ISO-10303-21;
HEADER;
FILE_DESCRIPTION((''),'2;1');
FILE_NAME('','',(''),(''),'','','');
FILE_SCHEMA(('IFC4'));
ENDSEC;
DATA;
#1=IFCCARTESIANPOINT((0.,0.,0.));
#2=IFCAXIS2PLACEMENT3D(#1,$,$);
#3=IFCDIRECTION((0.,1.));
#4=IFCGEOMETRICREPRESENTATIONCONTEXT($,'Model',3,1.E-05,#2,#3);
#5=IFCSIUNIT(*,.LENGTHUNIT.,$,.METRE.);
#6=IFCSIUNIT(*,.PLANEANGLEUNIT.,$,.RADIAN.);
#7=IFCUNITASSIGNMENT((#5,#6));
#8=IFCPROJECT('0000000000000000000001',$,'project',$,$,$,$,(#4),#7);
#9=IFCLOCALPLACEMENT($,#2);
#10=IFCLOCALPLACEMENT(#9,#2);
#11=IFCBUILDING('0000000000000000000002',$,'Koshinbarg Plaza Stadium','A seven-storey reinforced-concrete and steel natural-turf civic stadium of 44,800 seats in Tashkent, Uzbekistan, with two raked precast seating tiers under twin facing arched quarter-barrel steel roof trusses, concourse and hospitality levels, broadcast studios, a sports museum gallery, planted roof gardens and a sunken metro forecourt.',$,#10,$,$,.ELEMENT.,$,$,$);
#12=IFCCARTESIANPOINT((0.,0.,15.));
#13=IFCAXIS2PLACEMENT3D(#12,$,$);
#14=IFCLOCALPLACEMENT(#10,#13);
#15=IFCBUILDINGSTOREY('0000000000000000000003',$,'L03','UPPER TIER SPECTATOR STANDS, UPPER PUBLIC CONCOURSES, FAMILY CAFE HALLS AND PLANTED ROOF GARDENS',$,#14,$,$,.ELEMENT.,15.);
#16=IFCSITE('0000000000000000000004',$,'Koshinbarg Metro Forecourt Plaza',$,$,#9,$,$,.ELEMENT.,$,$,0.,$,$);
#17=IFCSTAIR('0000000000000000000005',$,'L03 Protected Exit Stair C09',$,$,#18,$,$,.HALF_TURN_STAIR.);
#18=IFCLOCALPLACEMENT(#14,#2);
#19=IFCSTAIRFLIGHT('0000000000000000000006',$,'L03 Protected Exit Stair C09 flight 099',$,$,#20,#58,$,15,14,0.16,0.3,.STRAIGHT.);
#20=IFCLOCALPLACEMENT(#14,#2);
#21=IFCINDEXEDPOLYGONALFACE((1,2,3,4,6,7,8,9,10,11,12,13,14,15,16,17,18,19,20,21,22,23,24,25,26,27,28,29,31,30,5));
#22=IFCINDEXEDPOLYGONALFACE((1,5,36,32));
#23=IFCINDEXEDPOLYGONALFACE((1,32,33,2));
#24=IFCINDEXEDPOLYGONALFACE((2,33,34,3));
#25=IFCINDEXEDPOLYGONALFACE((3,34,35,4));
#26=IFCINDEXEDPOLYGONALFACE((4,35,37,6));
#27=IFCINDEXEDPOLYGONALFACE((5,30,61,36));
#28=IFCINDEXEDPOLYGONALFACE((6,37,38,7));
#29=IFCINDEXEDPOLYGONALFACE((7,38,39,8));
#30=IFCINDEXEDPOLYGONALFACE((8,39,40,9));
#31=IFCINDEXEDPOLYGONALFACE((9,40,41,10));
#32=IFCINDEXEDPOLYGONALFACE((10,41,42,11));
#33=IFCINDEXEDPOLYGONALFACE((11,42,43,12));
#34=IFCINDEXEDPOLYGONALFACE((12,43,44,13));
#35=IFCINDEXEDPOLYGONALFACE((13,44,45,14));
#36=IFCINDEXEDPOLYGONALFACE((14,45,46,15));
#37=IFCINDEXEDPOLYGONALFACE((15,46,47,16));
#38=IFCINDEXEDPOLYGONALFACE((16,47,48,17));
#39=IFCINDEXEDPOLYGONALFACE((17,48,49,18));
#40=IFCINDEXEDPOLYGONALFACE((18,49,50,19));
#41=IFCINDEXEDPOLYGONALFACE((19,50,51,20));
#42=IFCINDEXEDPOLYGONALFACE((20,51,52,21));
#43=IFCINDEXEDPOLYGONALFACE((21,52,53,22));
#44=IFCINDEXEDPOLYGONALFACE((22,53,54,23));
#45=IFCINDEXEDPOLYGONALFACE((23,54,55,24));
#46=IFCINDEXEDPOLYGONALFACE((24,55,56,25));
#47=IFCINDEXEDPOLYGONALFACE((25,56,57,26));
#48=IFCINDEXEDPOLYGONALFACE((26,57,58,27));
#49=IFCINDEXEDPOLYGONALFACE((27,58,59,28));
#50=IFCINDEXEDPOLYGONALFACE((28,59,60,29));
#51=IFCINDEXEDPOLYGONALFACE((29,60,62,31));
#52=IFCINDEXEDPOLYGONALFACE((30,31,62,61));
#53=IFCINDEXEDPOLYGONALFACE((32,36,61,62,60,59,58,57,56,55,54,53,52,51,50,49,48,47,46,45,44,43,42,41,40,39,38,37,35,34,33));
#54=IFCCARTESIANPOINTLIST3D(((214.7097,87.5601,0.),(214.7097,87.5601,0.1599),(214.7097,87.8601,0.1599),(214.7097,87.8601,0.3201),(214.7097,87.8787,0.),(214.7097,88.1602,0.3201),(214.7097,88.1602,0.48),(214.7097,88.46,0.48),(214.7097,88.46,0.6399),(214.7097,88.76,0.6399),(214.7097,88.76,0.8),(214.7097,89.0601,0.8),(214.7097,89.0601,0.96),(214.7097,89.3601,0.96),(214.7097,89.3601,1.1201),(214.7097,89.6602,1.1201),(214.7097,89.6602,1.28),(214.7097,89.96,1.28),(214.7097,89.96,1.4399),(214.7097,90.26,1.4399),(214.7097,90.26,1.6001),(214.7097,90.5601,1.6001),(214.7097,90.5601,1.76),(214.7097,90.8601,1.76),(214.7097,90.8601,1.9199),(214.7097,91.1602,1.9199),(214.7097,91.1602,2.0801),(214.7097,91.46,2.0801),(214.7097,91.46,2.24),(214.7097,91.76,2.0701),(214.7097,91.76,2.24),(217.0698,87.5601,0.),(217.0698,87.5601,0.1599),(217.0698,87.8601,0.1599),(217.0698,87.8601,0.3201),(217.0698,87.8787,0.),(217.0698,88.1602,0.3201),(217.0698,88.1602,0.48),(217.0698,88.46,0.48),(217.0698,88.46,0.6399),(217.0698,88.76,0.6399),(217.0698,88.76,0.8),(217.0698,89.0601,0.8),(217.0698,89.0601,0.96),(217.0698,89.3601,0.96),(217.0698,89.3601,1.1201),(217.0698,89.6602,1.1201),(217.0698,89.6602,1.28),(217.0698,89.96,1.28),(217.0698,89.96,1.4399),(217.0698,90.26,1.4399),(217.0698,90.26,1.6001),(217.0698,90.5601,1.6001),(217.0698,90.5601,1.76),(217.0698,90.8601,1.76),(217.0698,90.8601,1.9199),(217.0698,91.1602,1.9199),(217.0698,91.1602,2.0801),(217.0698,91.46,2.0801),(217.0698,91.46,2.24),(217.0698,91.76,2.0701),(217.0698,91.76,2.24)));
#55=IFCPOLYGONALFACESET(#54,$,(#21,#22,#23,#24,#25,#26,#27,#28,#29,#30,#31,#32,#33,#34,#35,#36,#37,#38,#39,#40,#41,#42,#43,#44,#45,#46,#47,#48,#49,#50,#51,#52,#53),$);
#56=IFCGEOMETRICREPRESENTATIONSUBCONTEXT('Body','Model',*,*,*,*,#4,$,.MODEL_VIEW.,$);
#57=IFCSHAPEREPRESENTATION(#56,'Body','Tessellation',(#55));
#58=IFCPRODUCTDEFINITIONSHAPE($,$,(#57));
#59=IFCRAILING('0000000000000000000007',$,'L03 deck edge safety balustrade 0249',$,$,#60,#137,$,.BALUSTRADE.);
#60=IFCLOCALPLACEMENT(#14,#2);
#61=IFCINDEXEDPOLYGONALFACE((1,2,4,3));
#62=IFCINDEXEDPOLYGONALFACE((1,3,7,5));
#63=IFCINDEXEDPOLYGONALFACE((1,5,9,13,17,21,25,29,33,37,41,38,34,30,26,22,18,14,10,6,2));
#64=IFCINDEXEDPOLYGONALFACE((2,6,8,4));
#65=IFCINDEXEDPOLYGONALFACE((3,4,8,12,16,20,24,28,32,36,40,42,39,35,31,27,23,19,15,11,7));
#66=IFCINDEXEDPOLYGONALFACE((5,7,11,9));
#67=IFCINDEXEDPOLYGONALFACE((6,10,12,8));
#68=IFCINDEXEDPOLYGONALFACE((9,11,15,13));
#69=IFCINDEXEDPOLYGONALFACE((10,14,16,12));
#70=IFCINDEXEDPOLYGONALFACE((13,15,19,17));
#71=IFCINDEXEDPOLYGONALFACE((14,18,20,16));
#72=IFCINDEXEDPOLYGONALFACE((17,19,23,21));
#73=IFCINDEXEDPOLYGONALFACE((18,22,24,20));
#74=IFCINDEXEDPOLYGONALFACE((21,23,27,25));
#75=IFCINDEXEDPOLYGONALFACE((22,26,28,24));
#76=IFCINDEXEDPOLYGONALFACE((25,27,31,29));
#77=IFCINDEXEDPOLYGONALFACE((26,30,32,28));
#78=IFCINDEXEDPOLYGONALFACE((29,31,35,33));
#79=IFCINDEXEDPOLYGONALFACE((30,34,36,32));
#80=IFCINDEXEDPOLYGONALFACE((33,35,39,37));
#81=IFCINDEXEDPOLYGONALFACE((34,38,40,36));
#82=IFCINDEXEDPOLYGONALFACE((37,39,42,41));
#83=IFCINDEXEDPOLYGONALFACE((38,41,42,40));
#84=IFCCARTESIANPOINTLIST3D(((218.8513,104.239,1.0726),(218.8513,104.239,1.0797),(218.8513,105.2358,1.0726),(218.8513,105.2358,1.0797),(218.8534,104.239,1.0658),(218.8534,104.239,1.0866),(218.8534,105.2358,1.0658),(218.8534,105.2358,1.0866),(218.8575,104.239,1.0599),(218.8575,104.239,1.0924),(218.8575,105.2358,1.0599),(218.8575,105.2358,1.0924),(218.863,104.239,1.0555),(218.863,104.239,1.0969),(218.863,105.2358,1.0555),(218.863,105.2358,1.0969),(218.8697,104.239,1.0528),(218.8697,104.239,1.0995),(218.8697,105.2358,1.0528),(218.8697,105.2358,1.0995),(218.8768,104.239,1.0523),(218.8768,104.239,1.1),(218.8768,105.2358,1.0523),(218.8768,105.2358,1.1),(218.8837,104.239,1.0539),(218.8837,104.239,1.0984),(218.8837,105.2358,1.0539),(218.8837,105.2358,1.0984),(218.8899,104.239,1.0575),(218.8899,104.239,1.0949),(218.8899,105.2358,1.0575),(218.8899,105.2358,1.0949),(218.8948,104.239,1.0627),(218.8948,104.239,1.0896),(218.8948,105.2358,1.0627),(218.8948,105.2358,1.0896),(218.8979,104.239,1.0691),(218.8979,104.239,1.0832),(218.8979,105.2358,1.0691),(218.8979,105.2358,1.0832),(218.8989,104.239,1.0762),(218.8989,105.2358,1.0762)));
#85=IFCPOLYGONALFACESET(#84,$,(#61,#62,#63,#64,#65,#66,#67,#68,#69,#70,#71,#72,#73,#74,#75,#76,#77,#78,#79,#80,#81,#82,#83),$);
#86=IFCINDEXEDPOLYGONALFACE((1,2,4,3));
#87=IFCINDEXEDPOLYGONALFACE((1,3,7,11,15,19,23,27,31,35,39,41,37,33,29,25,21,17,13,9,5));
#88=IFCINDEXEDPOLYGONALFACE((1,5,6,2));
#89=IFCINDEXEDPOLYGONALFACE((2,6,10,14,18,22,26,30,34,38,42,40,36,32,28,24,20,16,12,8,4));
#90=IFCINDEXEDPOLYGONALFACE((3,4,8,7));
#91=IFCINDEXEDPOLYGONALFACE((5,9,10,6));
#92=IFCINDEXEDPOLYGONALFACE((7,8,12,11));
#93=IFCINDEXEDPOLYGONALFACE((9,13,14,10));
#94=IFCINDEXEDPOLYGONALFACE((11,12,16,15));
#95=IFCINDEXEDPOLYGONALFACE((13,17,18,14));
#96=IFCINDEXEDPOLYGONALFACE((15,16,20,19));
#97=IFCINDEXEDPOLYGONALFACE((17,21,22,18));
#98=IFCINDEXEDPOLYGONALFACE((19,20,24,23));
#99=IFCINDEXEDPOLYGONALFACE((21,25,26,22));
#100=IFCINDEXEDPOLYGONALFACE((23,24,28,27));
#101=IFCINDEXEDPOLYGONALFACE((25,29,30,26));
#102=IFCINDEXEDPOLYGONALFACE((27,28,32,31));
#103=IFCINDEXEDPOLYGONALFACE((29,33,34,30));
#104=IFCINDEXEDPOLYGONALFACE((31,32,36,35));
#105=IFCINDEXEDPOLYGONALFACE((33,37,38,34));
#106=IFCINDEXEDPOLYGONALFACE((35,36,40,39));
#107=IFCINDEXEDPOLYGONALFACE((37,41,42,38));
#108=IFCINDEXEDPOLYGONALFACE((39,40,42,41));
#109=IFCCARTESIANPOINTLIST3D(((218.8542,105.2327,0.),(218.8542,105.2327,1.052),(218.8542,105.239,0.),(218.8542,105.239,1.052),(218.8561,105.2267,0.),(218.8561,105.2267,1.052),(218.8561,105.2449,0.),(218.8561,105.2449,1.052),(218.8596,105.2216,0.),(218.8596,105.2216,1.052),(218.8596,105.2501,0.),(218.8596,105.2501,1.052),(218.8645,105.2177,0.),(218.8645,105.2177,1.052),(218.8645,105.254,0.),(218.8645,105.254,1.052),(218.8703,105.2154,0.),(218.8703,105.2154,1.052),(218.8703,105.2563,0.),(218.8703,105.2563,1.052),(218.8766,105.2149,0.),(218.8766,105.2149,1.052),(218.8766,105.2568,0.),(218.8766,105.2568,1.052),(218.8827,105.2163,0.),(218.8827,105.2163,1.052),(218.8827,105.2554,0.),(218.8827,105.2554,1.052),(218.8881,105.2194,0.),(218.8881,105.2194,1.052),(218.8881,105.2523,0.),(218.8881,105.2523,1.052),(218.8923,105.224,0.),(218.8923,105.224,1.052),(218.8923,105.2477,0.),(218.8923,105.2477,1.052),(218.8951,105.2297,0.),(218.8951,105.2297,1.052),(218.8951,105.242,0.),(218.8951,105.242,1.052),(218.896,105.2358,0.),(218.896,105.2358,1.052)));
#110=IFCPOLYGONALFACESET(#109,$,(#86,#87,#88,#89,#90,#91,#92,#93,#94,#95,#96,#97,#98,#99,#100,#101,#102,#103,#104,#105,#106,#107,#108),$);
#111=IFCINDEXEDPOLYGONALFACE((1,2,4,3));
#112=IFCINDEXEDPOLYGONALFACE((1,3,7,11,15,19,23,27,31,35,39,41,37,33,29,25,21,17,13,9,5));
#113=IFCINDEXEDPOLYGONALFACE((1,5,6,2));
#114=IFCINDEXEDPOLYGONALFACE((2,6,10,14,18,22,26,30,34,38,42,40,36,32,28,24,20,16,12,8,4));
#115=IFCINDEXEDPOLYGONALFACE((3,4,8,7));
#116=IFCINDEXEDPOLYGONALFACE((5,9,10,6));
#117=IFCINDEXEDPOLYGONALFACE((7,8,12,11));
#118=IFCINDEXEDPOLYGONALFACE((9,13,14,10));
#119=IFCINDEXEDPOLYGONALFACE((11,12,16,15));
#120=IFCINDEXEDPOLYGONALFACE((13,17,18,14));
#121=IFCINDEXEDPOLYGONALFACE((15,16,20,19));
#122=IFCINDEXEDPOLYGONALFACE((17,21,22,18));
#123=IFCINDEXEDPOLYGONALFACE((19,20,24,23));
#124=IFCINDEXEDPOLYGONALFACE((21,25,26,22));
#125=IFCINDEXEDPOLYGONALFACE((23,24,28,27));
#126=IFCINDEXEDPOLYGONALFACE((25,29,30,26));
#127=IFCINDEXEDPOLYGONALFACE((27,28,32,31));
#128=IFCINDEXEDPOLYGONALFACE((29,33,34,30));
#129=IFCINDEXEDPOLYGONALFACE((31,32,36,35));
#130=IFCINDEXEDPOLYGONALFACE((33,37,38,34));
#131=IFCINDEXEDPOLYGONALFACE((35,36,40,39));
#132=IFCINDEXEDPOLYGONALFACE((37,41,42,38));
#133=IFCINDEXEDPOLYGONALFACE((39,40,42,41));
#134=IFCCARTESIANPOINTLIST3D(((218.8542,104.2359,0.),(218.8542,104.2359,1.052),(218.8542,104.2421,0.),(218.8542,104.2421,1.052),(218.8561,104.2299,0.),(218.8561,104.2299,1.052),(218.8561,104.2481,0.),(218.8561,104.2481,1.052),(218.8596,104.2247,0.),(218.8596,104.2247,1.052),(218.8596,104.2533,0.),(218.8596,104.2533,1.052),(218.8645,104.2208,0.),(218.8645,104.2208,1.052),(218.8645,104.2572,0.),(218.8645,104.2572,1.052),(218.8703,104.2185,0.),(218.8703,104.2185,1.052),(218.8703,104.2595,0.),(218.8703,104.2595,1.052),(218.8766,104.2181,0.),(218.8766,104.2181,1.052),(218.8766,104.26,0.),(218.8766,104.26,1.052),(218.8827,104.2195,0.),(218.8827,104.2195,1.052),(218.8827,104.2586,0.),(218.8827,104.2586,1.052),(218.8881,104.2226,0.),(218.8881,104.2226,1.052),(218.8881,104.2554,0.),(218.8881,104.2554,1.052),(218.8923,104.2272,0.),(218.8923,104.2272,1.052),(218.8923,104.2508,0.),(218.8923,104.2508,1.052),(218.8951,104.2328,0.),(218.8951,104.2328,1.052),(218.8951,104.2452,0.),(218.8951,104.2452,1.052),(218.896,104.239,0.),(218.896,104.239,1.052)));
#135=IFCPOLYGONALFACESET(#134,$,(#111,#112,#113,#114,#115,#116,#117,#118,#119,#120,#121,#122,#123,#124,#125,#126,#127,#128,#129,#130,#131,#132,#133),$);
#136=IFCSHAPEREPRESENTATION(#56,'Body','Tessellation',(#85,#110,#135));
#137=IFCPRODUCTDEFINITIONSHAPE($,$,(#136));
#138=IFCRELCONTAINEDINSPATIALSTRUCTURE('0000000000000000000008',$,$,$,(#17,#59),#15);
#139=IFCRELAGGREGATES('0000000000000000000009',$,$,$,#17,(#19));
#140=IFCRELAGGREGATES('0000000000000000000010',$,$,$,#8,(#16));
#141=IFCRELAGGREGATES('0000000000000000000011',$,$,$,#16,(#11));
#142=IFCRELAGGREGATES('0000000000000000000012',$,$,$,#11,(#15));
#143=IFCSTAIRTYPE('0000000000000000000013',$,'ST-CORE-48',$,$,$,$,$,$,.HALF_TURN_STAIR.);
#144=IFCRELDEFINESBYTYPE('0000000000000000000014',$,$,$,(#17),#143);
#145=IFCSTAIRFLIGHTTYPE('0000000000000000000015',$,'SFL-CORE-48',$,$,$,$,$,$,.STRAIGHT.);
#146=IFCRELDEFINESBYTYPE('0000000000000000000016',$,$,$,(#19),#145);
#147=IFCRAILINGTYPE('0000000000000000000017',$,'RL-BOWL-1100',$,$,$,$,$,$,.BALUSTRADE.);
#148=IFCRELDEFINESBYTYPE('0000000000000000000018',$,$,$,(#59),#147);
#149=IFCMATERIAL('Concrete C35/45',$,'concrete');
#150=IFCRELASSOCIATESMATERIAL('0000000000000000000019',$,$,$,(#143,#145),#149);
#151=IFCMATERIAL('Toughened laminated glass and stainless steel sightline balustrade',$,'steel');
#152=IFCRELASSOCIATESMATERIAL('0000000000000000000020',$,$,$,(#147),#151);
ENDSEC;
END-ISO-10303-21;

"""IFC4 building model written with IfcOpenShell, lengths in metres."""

from ifc_helpers import new_model, si_unit, direction, frame, origin, origin_2d, place, context, subcontext, project, spatial, polyline, circle, outline, extrude, material, type_object, element, aggregate, save


model = new_model("IFC4")

# Units and contexts
model_context = context("Model", 3, precision=1e-05, world=origin(), true_north=direction((0.0, 1.0)))
body_context = subcontext(model_context, "Body", "Model", "MODEL_VIEW")
ifc_project = project(units=[si_unit("LENGTHUNIT", "METRE"), si_unit("PLANEANGLEUNIT", "RADIAN")], contexts=[model_context])

# Site, building, storey
site_placement = place(None, origin())
site = spatial("IfcSite", under=ifc_project, at=site_placement, Name="Koshinbarg Metro Forecourt Plaza", CompositionType="ELEMENT", RefElevation=0.0)
building_placement = place(site_placement, origin())
building = spatial("IfcBuilding", under=site, at=building_placement, Name="Koshinbarg Plaza Stadium", Description="A seven-storey reinforced-concrete and steel natural-turf civic stadium of 44,800 seats in Tashkent, Uzbekistan, with two raked precast seating tiers under twin facing arched quarter-barrel steel roof trusses, concourse and hospitality levels, broadcast studios, a sports museum gallery, planted roof gardens and a sunken metro forecourt.", CompositionType="ELEMENT")
storey_placement = place(building_placement, frame((0.0, 0.0, 15.0)))
storey = spatial("IfcBuildingStorey", under=building, at=storey_placement, Name="L03", Description="UPPER TIER SPECTATOR STANDS, UPPER PUBLIC CONCOURSES, FAMILY CAFE HALLS AND PLANTED ROOF GARDENS", CompositionType="ELEMENT", Elevation=15.0)

# Stair, stair flight
ifc_material_1 = material(Name="Concrete C35/45", Category="concrete")
stair_type = type_object("IfcStairType", Name="ST-CORE-48", PredefinedType="HALF_TURN_STAIR", material=ifc_material_1)
stair_placement = place(storey_placement, origin())
stair = element("IfcStair", 1, at=stair_placement, inside=storey, type_object=stair_type, Name="L03 Protected Exit Stair C09", PredefinedType="HALF_TURN_STAIR")
stair_flight_type = type_object("IfcStairFlightType", Name="SFL-CORE-48", PredefinedType="STRAIGHT", material=ifc_material_1)
stair_flight_placement = place(storey_placement, frame((215.8899, 87.5601, 0.0), z_axis=(0.0, 0.0, 1.0), x_axis=(0.0, 1.0, 0.0)))
stair_flight = element("IfcStairFlight", 2, at=stair_flight_placement, type_object=stair_flight_type, Name="L03 Protected Exit Stair C09 flight 099", NumberOfRisers=15, NumberOfTreads=14, PredefinedType="STRAIGHT", RiserHeight=0.16, TreadLength=0.3, context=body_context, shape_type="SweptSolid", body=[
    extrude(outline(polyline([(0.0, 0.0), (0.0, 0.1599), (0.3, 0.1599), (0.3, 0.3201), (0.6001, 0.3201), (0.6001, 0.48), (0.8999, 0.48), (0.8999, 0.6399), (1.2, 0.6399), (1.2, 0.8), (1.5, 0.8), (1.5, 0.96), (1.8, 0.96), (1.8, 1.1201), (2.1001, 1.1201), (2.1001, 1.28), (2.3999, 1.28), (2.3999, 1.4399), (2.7, 1.4399), (2.7, 1.6001), (3.0, 1.6001), (3.0, 1.76), (3.3, 1.76), (3.3, 1.9199), (3.6001, 1.9199), (3.6001, 2.0801), (3.8999, 2.0801), (3.8999, 2.24), (4.2, 2.24), (4.2, 2.3999), (4.2, 2.0701), (0.3186, 0.0), (0.0, 0.0)])), frame((0.0, 1.1802, 0.0), z_axis=(0.0, -1.0, 0.0), x_axis=(1.0, 0.0, 0.0)), (0.0, 0.0, 1.0), 2.3601),
])
aggregate(stair, [stair_flight])

# Railing
ifc_material_2 = material(Name="Toughened laminated glass and stainless steel sightline balustrade", Category="steel")
railing_type_1 = type_object("IfcRailingType", Name="RL-BOWL-1100", PredefinedType="BALUSTRADE", material=ifc_material_2)
railing_1_placement = place(storey_placement, frame((218.875, 105.2358, 0.0)))
element("IfcRailing", 3, at=railing_1_placement, inside=storey, type_object=railing_type_1, Name="L03 deck edge safety balustrade 0249", PredefinedType="BALUSTRADE", context=body_context, shape_type="SweptSolid", body=[
    extrude(circle(Radius=0.0239, at=origin_2d()), frame((0.0, 0.0, 1.0762), z_axis=(0.0, -1.0, 0.0), x_axis=(1.0, 0.0, 0.0)), (0.0, 0.0, 1.0), 0.9968),
    extrude(circle(Radius=0.021, at=origin_2d()), origin(), (0.0, 0.0, 1.0), 1.052),
    extrude(circle(Radius=0.021, at=origin_2d()), frame((0.0, -0.9968, 0.0)), (0.0, 0.0, 1.0), 1.052),
])

save(model, "model.ifc")
